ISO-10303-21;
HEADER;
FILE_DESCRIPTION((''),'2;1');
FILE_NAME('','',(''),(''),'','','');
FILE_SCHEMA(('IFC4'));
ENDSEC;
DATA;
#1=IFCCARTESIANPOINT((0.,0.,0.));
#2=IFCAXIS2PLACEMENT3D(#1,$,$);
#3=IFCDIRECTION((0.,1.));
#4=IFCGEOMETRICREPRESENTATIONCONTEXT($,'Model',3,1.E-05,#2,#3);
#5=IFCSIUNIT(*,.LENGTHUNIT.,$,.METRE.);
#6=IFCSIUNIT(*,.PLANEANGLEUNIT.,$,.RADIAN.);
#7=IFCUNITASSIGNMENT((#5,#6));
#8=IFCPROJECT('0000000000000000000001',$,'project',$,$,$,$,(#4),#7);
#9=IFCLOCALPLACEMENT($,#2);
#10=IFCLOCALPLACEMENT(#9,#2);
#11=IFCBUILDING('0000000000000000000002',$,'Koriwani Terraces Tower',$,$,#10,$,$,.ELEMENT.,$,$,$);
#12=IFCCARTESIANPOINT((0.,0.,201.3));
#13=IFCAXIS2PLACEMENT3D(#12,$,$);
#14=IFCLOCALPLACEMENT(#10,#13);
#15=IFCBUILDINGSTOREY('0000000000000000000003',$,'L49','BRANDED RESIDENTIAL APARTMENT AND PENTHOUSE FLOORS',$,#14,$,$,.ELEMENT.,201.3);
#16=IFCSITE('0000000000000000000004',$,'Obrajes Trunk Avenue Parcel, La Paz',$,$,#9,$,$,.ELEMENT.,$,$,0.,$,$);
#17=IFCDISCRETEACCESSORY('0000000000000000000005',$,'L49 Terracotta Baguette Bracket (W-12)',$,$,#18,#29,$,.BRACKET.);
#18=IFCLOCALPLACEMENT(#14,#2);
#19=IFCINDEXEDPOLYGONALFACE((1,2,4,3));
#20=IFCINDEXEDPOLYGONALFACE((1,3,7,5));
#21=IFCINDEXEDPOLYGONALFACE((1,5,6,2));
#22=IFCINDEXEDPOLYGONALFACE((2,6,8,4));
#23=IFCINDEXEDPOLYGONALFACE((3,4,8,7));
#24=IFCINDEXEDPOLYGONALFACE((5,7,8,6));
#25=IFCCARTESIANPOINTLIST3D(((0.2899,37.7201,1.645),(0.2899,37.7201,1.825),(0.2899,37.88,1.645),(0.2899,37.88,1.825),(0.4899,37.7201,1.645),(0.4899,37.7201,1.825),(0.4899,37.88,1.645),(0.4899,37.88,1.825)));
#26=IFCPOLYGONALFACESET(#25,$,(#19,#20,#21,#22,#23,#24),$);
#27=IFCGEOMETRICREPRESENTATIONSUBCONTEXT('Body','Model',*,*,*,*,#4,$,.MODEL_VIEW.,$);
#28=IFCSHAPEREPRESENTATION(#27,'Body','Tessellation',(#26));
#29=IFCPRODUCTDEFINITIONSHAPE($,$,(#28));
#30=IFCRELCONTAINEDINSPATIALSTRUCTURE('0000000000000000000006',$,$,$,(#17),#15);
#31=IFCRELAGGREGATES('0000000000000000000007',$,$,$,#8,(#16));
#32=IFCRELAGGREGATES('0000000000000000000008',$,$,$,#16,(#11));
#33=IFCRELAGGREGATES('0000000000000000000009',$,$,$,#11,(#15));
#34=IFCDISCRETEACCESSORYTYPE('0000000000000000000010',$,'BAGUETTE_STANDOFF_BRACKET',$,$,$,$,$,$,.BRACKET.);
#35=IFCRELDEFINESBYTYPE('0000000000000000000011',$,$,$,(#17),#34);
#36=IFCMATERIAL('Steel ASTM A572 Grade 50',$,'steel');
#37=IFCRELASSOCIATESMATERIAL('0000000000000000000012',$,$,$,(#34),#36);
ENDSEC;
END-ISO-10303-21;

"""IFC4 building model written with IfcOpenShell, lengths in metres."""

from ifc_helpers import new_model, si_unit, direction, frame, origin, origin_2d, place, context, subcontext, project, spatial, rectangle, extrude, material, type_object, element, save


model = new_model("IFC4")

# Units and contexts
model_context = context("Model", 3, precision=1e-05, world=origin(), true_north=direction((0.0, 1.0)))
body_context = subcontext(model_context, "Body", "Model", "MODEL_VIEW")
ifc_project = project(units=[si_unit("LENGTHUNIT", "METRE"), si_unit("PLANEANGLEUNIT", "RADIAN")], contexts=[model_context])

# Site, building, storey
site_placement = place(None, origin())
site = spatial("IfcSite", under=ifc_project, at=site_placement, Name="Obrajes Trunk Avenue Parcel, La Paz", CompositionType="ELEMENT", RefElevation=0.0)
building_placement = place(site_placement, origin())
building = spatial("IfcBuilding", under=site, at=building_placement, Name="Koriwani Terraces Tower", CompositionType="ELEMENT")
storey_placement = place(building_placement, frame((0.0, 0.0, 201.3)))
storey = spatial("IfcBuildingStorey", under=building, at=storey_placement, Name="L49", Description="BRANDED RESIDENTIAL APARTMENT AND PENTHOUSE FLOORS", CompositionType="ELEMENT", Elevation=201.3)

# Shared definitions
ifc_material_1 = material(Name="Steel ASTM A572 Grade 50", Category="steel")

# Discrete accessory
discrete_accessory_type = type_object("IfcDiscreteAccessoryType", Name="BAGUETTE_STANDOFF_BRACKET", PredefinedType="BRACKET", material=ifc_material_1)
discrete_accessory_placement = place(storey_placement, frame((0.3899, 37.8, 1.645), z_axis=(0.0, 0.0, 1.0), x_axis=(0.0, 1.0, 0.0)))
element("IfcDiscreteAccessory", 1, at=discrete_accessory_placement, inside=storey, type_object=discrete_accessory_type, Name="L49 Terracotta Baguette Bracket (W-12)", PredefinedType="BRACKET", context=body_context, shape_type="SweptSolid", body=[
    extrude(rectangle(XDim=0.1599, YDim=0.2, at=origin_2d()), origin(), (0.0, 0.0, 1.0), 0.1799),
])

save(model, "model.ifc")
